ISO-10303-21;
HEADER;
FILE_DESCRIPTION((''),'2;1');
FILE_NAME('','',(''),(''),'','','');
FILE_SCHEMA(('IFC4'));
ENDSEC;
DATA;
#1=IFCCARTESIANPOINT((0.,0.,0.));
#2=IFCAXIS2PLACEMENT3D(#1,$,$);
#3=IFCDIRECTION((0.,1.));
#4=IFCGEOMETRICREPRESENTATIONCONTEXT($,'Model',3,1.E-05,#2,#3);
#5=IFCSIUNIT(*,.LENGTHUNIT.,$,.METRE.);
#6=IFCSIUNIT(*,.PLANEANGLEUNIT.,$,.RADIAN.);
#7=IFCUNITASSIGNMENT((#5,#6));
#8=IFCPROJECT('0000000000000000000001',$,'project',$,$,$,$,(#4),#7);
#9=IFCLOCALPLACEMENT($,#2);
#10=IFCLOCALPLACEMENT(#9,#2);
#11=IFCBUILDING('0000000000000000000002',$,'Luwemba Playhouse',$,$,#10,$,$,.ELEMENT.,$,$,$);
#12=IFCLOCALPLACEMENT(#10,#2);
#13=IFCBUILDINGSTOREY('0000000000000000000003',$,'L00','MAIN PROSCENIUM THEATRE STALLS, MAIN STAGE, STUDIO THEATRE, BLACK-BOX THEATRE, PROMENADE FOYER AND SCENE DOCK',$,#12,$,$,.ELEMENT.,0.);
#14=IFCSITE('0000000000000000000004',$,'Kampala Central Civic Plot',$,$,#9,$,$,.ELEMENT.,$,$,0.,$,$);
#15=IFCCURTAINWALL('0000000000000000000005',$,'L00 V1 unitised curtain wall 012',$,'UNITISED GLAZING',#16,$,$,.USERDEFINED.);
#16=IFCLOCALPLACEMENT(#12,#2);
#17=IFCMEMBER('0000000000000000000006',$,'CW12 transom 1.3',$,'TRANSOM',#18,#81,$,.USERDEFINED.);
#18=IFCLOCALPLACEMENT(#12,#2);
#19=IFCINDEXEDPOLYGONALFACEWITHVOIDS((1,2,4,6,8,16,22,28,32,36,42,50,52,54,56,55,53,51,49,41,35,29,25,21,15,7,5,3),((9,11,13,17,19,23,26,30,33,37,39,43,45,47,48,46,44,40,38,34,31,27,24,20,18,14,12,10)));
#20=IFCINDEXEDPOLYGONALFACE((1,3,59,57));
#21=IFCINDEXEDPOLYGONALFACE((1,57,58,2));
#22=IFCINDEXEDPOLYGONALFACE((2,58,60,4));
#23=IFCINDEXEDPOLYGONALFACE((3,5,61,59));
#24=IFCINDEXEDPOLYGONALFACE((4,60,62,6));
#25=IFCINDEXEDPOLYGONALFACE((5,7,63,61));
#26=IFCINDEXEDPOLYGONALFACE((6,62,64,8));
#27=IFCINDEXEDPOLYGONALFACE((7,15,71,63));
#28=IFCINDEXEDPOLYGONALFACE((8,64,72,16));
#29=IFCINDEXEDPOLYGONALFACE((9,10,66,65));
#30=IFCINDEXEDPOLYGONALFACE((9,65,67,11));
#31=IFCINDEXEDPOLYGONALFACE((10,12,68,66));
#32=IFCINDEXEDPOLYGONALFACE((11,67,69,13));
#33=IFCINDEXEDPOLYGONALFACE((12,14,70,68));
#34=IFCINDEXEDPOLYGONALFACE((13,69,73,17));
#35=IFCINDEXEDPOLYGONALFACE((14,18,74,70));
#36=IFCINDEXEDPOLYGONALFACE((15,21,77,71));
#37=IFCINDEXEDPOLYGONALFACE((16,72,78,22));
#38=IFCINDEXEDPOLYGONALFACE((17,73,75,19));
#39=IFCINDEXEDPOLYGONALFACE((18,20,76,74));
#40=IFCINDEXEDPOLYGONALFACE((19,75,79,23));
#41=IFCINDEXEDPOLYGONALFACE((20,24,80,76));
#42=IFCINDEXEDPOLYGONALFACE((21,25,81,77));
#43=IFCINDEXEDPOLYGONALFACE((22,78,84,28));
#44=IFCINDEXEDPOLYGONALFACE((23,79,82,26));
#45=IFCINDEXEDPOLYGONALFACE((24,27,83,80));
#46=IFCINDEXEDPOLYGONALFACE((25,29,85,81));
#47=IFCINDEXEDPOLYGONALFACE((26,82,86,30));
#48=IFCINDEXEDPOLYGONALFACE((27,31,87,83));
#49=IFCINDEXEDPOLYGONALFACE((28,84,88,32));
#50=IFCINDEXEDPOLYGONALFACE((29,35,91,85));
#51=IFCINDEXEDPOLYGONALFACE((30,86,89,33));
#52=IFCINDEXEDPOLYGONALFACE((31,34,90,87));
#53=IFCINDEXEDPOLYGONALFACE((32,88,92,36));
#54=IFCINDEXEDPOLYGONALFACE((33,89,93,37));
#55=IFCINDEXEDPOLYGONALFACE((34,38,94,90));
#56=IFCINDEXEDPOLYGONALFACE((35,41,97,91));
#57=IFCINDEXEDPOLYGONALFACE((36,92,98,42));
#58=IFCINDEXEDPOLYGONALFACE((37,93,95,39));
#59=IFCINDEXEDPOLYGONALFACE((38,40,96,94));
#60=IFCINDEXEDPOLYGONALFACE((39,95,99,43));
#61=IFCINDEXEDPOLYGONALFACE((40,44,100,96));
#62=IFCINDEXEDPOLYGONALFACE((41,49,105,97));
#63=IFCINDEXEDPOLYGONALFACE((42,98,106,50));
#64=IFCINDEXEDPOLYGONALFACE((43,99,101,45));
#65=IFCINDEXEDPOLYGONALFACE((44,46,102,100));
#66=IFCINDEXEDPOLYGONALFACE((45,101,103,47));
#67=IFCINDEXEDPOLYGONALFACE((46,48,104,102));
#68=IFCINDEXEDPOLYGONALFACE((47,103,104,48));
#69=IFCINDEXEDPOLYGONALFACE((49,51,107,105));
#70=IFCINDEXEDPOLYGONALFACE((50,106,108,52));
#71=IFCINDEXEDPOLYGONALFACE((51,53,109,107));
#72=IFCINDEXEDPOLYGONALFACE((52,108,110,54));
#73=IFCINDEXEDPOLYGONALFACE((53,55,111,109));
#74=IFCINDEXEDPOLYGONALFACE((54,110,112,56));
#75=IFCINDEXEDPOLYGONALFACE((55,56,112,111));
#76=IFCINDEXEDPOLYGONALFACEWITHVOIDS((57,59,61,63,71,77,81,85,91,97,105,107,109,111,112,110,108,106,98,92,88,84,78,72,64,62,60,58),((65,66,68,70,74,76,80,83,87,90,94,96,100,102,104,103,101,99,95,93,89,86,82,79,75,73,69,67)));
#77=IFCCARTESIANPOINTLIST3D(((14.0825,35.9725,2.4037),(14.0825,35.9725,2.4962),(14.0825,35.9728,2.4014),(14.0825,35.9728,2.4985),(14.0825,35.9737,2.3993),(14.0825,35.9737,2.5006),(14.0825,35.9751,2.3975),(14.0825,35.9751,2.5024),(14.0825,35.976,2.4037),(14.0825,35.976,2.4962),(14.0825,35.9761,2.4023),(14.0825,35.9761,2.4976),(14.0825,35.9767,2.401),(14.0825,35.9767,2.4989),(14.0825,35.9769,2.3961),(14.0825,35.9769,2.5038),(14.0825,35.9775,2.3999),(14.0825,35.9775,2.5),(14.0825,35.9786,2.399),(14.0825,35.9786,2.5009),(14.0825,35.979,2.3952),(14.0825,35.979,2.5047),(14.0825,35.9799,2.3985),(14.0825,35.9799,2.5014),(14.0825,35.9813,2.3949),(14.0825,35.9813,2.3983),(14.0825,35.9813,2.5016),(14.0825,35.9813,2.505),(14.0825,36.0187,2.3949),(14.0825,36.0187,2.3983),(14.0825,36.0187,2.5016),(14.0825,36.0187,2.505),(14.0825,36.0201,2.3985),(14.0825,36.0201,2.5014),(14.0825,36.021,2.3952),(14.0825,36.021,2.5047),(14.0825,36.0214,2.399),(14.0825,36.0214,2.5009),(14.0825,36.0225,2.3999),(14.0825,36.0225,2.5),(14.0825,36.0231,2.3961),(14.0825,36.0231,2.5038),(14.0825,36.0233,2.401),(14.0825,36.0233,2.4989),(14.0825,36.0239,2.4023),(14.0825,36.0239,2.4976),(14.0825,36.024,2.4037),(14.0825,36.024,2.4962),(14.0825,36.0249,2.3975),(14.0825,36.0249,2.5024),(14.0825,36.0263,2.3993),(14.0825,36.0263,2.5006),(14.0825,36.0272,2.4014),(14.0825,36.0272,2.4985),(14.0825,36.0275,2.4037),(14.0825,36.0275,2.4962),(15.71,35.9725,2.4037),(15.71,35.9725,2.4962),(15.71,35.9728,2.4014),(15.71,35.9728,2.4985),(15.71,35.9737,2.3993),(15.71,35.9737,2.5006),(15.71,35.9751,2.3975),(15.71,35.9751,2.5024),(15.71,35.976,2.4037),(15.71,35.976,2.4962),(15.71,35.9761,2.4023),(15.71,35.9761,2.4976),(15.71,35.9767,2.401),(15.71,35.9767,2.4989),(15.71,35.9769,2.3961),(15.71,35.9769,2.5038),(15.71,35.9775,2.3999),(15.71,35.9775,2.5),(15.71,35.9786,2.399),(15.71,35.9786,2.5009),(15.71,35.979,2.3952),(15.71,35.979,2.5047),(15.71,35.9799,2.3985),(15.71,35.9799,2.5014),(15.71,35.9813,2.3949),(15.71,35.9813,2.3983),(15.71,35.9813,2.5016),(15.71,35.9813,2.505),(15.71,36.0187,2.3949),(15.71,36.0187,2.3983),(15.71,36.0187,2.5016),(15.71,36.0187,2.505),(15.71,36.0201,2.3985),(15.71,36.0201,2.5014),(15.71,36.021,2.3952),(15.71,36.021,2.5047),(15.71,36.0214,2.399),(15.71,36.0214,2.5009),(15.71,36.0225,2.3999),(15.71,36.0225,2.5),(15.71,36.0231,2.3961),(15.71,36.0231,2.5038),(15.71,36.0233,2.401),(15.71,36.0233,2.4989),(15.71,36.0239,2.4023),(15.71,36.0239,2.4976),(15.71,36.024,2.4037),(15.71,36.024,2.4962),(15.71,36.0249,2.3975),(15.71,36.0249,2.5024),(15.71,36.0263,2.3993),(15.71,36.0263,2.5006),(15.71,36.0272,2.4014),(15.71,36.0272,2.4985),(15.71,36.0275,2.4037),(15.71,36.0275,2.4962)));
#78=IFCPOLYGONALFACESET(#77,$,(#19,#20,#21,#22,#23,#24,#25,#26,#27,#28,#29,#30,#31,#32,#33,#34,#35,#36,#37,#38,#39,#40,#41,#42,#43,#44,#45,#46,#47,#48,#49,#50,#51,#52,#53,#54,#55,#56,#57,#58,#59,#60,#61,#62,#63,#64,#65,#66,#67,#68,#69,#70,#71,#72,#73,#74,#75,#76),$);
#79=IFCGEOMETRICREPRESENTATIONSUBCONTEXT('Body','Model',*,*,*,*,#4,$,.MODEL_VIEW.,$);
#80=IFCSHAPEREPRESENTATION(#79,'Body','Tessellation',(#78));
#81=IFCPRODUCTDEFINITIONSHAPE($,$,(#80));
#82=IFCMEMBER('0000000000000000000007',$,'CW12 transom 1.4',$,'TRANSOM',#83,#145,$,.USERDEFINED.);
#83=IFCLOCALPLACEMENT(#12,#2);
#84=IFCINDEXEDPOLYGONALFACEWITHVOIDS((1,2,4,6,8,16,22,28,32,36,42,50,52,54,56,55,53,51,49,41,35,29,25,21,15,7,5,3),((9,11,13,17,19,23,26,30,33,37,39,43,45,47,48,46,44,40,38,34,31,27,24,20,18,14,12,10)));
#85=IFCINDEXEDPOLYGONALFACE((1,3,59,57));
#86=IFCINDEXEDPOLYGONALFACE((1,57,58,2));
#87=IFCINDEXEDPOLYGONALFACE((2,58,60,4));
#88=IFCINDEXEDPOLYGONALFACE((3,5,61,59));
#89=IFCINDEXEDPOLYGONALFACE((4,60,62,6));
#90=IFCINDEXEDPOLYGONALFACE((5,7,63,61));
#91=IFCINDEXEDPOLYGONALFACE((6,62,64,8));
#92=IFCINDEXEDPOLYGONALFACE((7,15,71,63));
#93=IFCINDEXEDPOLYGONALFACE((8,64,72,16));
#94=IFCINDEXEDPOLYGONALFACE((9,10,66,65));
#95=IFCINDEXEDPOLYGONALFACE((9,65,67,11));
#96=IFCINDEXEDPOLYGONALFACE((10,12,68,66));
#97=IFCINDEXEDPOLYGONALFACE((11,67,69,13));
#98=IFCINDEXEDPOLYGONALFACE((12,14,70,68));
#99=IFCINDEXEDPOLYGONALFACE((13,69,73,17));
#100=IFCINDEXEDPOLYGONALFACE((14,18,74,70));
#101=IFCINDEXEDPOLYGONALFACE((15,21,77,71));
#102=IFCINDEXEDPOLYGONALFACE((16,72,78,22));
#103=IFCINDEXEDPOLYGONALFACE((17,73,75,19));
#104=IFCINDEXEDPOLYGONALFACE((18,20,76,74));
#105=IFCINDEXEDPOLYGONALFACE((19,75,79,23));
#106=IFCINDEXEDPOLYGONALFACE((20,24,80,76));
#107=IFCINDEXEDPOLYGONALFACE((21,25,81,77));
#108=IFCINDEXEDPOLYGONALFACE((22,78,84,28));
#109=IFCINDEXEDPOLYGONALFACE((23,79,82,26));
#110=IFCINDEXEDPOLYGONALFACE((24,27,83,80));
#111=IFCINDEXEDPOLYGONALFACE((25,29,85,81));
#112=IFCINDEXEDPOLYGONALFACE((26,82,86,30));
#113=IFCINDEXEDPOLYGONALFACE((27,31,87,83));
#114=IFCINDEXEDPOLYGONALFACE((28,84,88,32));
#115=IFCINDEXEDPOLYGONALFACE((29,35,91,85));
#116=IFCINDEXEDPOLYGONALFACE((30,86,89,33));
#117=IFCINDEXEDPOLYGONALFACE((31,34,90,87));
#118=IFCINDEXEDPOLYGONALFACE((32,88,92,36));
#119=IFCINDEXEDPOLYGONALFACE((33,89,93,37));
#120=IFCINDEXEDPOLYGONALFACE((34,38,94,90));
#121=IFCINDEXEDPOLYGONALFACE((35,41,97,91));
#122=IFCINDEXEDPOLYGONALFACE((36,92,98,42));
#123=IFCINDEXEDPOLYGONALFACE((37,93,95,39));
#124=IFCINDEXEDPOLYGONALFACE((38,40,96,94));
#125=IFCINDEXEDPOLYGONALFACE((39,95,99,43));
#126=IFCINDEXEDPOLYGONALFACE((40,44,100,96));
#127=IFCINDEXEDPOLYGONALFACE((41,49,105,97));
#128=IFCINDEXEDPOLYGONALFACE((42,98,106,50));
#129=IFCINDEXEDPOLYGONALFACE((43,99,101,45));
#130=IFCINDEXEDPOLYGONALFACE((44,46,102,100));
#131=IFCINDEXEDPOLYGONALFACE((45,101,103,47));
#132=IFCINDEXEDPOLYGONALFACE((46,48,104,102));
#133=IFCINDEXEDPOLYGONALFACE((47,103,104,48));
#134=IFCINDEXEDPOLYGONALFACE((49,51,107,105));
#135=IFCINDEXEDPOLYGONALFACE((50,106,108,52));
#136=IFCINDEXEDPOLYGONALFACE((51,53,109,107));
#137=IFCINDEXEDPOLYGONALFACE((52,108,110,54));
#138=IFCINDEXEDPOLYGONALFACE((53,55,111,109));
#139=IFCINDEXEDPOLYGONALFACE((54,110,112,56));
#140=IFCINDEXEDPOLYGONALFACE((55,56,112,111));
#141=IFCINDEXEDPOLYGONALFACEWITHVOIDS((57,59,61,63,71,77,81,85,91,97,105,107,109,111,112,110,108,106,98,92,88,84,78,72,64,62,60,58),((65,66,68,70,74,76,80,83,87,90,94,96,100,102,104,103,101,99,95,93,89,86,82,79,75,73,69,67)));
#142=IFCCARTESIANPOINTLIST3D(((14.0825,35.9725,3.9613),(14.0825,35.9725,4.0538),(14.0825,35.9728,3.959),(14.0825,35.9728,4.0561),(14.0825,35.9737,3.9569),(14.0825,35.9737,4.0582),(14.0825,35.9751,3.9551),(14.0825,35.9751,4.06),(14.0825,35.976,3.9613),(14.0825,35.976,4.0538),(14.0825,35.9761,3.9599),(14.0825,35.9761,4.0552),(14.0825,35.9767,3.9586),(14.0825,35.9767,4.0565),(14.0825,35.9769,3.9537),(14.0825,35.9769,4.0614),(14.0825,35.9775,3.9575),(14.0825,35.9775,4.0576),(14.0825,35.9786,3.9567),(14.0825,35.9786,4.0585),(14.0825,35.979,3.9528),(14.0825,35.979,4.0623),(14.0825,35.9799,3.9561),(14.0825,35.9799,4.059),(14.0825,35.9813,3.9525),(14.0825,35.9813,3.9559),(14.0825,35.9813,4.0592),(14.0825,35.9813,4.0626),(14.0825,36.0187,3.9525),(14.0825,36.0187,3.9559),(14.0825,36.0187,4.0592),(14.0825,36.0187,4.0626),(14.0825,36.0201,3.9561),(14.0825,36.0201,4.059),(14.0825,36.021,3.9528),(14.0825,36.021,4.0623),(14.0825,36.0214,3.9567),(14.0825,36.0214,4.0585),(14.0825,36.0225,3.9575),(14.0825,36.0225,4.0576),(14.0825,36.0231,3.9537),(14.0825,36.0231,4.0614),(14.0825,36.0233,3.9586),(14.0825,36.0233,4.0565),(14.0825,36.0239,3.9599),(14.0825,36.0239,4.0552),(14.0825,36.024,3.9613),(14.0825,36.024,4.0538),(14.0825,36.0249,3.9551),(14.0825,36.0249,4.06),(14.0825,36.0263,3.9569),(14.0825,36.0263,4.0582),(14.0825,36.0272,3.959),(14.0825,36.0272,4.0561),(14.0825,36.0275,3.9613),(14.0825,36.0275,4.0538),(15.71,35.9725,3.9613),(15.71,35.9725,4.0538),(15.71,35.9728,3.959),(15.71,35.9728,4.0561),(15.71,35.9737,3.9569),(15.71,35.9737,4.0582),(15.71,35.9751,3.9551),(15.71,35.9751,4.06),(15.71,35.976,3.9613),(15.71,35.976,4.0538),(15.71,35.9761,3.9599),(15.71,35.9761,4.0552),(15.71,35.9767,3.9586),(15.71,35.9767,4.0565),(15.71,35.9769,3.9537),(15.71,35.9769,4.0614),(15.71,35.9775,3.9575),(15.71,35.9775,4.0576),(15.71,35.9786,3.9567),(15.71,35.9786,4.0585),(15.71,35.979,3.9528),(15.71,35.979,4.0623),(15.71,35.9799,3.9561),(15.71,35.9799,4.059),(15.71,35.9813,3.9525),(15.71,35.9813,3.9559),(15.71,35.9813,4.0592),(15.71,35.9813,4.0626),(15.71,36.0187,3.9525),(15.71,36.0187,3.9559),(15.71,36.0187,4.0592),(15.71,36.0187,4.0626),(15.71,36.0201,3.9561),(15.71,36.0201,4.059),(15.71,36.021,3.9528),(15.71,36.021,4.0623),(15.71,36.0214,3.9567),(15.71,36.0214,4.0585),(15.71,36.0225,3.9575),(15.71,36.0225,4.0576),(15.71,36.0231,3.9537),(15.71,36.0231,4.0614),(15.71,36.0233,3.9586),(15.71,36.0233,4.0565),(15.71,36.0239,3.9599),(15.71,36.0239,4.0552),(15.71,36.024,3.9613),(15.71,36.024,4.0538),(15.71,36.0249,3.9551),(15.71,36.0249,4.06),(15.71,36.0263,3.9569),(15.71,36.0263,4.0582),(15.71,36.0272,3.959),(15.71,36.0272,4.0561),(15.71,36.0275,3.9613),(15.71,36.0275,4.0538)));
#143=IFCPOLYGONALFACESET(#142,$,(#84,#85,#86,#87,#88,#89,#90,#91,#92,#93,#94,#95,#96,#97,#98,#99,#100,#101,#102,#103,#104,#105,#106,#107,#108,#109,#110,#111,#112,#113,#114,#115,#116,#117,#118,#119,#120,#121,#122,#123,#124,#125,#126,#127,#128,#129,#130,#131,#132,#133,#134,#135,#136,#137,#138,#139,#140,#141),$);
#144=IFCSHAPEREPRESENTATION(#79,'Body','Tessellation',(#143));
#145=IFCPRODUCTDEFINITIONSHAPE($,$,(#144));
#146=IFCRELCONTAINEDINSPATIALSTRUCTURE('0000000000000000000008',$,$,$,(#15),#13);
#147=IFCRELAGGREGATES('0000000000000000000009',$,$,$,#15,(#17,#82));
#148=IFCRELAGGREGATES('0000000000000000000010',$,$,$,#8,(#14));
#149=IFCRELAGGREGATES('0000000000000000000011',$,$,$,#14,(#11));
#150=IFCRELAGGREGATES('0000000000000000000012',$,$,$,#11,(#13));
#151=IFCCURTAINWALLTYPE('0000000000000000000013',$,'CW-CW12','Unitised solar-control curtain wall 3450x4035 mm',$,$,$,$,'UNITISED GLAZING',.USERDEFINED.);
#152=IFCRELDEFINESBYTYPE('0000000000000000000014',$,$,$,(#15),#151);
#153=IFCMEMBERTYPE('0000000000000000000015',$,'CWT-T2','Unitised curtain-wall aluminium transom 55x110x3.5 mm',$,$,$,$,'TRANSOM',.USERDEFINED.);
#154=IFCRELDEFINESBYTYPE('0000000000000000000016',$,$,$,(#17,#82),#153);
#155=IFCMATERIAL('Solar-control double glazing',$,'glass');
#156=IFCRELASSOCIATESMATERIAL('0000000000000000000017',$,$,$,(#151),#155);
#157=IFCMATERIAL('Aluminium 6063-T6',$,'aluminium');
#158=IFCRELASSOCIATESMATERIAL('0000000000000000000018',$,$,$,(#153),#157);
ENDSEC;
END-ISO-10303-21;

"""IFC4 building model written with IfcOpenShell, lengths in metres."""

from ifc_helpers import new_model, si_unit, direction, frame, origin, origin_2d, place, context, subcontext, project, spatial, hollow_rectangle, extrude, material, material_profile, profile_set, type_object, element, aggregate, save


model = new_model("IFC4")

# Units and contexts
model_context = context("Model", 3, precision=1e-05, world=origin(), true_north=direction((0.0, 1.0)))
body_context = subcontext(model_context, "Body", "Model", "MODEL_VIEW")
ifc_project = project(units=[si_unit("LENGTHUNIT", "METRE"), si_unit("PLANEANGLEUNIT", "RADIAN")], contexts=[model_context])

# Site, building, storey
site_placement = place(None, origin())
site = spatial("IfcSite", under=ifc_project, at=site_placement, Name="Kampala Central Civic Plot", CompositionType="ELEMENT", RefElevation=0.0)
building_placement = place(site_placement, origin())
building = spatial("IfcBuilding", under=site, at=building_placement, Name="Luwemba Playhouse", CompositionType="ELEMENT")
storey_placement = place(building_placement, origin())
storey = spatial("IfcBuildingStorey", under=building, at=storey_placement, Name="L00", Description="MAIN PROSCENIUM THEATRE STALLS, MAIN STAGE, STUDIO THEATRE, BLACK-BOX THEATRE, PROMENADE FOYER AND SCENE DOCK", CompositionType="ELEMENT", Elevation=0.0)

# Curtain wall
ifc_material_1 = material(Name="Solar-control double glazing", Category="glass")
ifc_material_2 = material(Name="Aluminium 6063-T6", Category="aluminium")
curtain_wall_type_1 = type_object("IfcCurtainWallType", Name="CW-CW12", Description="Unitised solar-control curtain wall 3450x4035 mm", ElementType="UNITISED GLAZING", PredefinedType="USERDEFINED", material=ifc_material_1)
curtain_wall_1_placement = place(storey_placement, origin())
curtain_wall_1 = element("IfcCurtainWall", 1, at=curtain_wall_1_placement, inside=storey, type_object=curtain_wall_type_1, Name="L00 V1 unitised curtain wall 012", ObjectType="UNITISED GLAZING", PredefinedType="USERDEFINED")

# Members
ifc_material_profile_1 = material_profile(ifc_material_2, hollow_rectangle(XDim=0.0549, YDim=0.1101, WallThickness=0.0034, InnerFilletRadius=0.0054, OuterFilletRadius=0.0088, at=origin_2d()))
ifc_profile_set_1 = profile_set([ifc_material_profile_1], Name="Aluminium 6063-T6")
member_type_1 = type_object("IfcMemberType", Name="CWT-T2", Description="Unitised curtain-wall aluminium transom 55x110x3.5 mm", ElementType="TRANSOM", PredefinedType="USERDEFINED", material=ifc_profile_set_1)
member_1_placement = place(storey_placement, frame((15.71, 36.0, 2.45), z_axis=(-1.0, 0.0, 0.0), x_axis=(0.0, -1.0, 0.0)))
member_1 = element("IfcMember", 2, at=member_1_placement, type_object=member_type_1, Name="CW12 transom 1.3", ObjectType="TRANSOM", PredefinedType="USERDEFINED", context=body_context, shape_type="SweptSolid", body=[
    extrude(hollow_rectangle(XDim=0.0549, YDim=0.1101, WallThickness=0.0034, InnerFilletRadius=0.0054, OuterFilletRadius=0.0088, at=origin_2d()), origin(), (0.0, 0.0, 1.0), 1.6274),
])
member_2_placement = place(storey_placement, frame((15.71, 36.0, 4.0076), z_axis=(-1.0, 0.0, 0.0), x_axis=(0.0, -1.0, 0.0)))
member_2 = element("IfcMember", 3, at=member_2_placement, type_object=member_type_1, Name="CW12 transom 1.4", ObjectType="TRANSOM", PredefinedType="USERDEFINED", context=body_context, shape_type="SweptSolid", body=[
    extrude(hollow_rectangle(XDim=0.0549, YDim=0.1101, WallThickness=0.0034, InnerFilletRadius=0.0054, OuterFilletRadius=0.0088, at=origin_2d()), origin(), (0.0, 0.0, 1.0), 1.6274),
])

aggregate(curtain_wall_1, [member_1, member_2])

save(model, "model.ifc")
